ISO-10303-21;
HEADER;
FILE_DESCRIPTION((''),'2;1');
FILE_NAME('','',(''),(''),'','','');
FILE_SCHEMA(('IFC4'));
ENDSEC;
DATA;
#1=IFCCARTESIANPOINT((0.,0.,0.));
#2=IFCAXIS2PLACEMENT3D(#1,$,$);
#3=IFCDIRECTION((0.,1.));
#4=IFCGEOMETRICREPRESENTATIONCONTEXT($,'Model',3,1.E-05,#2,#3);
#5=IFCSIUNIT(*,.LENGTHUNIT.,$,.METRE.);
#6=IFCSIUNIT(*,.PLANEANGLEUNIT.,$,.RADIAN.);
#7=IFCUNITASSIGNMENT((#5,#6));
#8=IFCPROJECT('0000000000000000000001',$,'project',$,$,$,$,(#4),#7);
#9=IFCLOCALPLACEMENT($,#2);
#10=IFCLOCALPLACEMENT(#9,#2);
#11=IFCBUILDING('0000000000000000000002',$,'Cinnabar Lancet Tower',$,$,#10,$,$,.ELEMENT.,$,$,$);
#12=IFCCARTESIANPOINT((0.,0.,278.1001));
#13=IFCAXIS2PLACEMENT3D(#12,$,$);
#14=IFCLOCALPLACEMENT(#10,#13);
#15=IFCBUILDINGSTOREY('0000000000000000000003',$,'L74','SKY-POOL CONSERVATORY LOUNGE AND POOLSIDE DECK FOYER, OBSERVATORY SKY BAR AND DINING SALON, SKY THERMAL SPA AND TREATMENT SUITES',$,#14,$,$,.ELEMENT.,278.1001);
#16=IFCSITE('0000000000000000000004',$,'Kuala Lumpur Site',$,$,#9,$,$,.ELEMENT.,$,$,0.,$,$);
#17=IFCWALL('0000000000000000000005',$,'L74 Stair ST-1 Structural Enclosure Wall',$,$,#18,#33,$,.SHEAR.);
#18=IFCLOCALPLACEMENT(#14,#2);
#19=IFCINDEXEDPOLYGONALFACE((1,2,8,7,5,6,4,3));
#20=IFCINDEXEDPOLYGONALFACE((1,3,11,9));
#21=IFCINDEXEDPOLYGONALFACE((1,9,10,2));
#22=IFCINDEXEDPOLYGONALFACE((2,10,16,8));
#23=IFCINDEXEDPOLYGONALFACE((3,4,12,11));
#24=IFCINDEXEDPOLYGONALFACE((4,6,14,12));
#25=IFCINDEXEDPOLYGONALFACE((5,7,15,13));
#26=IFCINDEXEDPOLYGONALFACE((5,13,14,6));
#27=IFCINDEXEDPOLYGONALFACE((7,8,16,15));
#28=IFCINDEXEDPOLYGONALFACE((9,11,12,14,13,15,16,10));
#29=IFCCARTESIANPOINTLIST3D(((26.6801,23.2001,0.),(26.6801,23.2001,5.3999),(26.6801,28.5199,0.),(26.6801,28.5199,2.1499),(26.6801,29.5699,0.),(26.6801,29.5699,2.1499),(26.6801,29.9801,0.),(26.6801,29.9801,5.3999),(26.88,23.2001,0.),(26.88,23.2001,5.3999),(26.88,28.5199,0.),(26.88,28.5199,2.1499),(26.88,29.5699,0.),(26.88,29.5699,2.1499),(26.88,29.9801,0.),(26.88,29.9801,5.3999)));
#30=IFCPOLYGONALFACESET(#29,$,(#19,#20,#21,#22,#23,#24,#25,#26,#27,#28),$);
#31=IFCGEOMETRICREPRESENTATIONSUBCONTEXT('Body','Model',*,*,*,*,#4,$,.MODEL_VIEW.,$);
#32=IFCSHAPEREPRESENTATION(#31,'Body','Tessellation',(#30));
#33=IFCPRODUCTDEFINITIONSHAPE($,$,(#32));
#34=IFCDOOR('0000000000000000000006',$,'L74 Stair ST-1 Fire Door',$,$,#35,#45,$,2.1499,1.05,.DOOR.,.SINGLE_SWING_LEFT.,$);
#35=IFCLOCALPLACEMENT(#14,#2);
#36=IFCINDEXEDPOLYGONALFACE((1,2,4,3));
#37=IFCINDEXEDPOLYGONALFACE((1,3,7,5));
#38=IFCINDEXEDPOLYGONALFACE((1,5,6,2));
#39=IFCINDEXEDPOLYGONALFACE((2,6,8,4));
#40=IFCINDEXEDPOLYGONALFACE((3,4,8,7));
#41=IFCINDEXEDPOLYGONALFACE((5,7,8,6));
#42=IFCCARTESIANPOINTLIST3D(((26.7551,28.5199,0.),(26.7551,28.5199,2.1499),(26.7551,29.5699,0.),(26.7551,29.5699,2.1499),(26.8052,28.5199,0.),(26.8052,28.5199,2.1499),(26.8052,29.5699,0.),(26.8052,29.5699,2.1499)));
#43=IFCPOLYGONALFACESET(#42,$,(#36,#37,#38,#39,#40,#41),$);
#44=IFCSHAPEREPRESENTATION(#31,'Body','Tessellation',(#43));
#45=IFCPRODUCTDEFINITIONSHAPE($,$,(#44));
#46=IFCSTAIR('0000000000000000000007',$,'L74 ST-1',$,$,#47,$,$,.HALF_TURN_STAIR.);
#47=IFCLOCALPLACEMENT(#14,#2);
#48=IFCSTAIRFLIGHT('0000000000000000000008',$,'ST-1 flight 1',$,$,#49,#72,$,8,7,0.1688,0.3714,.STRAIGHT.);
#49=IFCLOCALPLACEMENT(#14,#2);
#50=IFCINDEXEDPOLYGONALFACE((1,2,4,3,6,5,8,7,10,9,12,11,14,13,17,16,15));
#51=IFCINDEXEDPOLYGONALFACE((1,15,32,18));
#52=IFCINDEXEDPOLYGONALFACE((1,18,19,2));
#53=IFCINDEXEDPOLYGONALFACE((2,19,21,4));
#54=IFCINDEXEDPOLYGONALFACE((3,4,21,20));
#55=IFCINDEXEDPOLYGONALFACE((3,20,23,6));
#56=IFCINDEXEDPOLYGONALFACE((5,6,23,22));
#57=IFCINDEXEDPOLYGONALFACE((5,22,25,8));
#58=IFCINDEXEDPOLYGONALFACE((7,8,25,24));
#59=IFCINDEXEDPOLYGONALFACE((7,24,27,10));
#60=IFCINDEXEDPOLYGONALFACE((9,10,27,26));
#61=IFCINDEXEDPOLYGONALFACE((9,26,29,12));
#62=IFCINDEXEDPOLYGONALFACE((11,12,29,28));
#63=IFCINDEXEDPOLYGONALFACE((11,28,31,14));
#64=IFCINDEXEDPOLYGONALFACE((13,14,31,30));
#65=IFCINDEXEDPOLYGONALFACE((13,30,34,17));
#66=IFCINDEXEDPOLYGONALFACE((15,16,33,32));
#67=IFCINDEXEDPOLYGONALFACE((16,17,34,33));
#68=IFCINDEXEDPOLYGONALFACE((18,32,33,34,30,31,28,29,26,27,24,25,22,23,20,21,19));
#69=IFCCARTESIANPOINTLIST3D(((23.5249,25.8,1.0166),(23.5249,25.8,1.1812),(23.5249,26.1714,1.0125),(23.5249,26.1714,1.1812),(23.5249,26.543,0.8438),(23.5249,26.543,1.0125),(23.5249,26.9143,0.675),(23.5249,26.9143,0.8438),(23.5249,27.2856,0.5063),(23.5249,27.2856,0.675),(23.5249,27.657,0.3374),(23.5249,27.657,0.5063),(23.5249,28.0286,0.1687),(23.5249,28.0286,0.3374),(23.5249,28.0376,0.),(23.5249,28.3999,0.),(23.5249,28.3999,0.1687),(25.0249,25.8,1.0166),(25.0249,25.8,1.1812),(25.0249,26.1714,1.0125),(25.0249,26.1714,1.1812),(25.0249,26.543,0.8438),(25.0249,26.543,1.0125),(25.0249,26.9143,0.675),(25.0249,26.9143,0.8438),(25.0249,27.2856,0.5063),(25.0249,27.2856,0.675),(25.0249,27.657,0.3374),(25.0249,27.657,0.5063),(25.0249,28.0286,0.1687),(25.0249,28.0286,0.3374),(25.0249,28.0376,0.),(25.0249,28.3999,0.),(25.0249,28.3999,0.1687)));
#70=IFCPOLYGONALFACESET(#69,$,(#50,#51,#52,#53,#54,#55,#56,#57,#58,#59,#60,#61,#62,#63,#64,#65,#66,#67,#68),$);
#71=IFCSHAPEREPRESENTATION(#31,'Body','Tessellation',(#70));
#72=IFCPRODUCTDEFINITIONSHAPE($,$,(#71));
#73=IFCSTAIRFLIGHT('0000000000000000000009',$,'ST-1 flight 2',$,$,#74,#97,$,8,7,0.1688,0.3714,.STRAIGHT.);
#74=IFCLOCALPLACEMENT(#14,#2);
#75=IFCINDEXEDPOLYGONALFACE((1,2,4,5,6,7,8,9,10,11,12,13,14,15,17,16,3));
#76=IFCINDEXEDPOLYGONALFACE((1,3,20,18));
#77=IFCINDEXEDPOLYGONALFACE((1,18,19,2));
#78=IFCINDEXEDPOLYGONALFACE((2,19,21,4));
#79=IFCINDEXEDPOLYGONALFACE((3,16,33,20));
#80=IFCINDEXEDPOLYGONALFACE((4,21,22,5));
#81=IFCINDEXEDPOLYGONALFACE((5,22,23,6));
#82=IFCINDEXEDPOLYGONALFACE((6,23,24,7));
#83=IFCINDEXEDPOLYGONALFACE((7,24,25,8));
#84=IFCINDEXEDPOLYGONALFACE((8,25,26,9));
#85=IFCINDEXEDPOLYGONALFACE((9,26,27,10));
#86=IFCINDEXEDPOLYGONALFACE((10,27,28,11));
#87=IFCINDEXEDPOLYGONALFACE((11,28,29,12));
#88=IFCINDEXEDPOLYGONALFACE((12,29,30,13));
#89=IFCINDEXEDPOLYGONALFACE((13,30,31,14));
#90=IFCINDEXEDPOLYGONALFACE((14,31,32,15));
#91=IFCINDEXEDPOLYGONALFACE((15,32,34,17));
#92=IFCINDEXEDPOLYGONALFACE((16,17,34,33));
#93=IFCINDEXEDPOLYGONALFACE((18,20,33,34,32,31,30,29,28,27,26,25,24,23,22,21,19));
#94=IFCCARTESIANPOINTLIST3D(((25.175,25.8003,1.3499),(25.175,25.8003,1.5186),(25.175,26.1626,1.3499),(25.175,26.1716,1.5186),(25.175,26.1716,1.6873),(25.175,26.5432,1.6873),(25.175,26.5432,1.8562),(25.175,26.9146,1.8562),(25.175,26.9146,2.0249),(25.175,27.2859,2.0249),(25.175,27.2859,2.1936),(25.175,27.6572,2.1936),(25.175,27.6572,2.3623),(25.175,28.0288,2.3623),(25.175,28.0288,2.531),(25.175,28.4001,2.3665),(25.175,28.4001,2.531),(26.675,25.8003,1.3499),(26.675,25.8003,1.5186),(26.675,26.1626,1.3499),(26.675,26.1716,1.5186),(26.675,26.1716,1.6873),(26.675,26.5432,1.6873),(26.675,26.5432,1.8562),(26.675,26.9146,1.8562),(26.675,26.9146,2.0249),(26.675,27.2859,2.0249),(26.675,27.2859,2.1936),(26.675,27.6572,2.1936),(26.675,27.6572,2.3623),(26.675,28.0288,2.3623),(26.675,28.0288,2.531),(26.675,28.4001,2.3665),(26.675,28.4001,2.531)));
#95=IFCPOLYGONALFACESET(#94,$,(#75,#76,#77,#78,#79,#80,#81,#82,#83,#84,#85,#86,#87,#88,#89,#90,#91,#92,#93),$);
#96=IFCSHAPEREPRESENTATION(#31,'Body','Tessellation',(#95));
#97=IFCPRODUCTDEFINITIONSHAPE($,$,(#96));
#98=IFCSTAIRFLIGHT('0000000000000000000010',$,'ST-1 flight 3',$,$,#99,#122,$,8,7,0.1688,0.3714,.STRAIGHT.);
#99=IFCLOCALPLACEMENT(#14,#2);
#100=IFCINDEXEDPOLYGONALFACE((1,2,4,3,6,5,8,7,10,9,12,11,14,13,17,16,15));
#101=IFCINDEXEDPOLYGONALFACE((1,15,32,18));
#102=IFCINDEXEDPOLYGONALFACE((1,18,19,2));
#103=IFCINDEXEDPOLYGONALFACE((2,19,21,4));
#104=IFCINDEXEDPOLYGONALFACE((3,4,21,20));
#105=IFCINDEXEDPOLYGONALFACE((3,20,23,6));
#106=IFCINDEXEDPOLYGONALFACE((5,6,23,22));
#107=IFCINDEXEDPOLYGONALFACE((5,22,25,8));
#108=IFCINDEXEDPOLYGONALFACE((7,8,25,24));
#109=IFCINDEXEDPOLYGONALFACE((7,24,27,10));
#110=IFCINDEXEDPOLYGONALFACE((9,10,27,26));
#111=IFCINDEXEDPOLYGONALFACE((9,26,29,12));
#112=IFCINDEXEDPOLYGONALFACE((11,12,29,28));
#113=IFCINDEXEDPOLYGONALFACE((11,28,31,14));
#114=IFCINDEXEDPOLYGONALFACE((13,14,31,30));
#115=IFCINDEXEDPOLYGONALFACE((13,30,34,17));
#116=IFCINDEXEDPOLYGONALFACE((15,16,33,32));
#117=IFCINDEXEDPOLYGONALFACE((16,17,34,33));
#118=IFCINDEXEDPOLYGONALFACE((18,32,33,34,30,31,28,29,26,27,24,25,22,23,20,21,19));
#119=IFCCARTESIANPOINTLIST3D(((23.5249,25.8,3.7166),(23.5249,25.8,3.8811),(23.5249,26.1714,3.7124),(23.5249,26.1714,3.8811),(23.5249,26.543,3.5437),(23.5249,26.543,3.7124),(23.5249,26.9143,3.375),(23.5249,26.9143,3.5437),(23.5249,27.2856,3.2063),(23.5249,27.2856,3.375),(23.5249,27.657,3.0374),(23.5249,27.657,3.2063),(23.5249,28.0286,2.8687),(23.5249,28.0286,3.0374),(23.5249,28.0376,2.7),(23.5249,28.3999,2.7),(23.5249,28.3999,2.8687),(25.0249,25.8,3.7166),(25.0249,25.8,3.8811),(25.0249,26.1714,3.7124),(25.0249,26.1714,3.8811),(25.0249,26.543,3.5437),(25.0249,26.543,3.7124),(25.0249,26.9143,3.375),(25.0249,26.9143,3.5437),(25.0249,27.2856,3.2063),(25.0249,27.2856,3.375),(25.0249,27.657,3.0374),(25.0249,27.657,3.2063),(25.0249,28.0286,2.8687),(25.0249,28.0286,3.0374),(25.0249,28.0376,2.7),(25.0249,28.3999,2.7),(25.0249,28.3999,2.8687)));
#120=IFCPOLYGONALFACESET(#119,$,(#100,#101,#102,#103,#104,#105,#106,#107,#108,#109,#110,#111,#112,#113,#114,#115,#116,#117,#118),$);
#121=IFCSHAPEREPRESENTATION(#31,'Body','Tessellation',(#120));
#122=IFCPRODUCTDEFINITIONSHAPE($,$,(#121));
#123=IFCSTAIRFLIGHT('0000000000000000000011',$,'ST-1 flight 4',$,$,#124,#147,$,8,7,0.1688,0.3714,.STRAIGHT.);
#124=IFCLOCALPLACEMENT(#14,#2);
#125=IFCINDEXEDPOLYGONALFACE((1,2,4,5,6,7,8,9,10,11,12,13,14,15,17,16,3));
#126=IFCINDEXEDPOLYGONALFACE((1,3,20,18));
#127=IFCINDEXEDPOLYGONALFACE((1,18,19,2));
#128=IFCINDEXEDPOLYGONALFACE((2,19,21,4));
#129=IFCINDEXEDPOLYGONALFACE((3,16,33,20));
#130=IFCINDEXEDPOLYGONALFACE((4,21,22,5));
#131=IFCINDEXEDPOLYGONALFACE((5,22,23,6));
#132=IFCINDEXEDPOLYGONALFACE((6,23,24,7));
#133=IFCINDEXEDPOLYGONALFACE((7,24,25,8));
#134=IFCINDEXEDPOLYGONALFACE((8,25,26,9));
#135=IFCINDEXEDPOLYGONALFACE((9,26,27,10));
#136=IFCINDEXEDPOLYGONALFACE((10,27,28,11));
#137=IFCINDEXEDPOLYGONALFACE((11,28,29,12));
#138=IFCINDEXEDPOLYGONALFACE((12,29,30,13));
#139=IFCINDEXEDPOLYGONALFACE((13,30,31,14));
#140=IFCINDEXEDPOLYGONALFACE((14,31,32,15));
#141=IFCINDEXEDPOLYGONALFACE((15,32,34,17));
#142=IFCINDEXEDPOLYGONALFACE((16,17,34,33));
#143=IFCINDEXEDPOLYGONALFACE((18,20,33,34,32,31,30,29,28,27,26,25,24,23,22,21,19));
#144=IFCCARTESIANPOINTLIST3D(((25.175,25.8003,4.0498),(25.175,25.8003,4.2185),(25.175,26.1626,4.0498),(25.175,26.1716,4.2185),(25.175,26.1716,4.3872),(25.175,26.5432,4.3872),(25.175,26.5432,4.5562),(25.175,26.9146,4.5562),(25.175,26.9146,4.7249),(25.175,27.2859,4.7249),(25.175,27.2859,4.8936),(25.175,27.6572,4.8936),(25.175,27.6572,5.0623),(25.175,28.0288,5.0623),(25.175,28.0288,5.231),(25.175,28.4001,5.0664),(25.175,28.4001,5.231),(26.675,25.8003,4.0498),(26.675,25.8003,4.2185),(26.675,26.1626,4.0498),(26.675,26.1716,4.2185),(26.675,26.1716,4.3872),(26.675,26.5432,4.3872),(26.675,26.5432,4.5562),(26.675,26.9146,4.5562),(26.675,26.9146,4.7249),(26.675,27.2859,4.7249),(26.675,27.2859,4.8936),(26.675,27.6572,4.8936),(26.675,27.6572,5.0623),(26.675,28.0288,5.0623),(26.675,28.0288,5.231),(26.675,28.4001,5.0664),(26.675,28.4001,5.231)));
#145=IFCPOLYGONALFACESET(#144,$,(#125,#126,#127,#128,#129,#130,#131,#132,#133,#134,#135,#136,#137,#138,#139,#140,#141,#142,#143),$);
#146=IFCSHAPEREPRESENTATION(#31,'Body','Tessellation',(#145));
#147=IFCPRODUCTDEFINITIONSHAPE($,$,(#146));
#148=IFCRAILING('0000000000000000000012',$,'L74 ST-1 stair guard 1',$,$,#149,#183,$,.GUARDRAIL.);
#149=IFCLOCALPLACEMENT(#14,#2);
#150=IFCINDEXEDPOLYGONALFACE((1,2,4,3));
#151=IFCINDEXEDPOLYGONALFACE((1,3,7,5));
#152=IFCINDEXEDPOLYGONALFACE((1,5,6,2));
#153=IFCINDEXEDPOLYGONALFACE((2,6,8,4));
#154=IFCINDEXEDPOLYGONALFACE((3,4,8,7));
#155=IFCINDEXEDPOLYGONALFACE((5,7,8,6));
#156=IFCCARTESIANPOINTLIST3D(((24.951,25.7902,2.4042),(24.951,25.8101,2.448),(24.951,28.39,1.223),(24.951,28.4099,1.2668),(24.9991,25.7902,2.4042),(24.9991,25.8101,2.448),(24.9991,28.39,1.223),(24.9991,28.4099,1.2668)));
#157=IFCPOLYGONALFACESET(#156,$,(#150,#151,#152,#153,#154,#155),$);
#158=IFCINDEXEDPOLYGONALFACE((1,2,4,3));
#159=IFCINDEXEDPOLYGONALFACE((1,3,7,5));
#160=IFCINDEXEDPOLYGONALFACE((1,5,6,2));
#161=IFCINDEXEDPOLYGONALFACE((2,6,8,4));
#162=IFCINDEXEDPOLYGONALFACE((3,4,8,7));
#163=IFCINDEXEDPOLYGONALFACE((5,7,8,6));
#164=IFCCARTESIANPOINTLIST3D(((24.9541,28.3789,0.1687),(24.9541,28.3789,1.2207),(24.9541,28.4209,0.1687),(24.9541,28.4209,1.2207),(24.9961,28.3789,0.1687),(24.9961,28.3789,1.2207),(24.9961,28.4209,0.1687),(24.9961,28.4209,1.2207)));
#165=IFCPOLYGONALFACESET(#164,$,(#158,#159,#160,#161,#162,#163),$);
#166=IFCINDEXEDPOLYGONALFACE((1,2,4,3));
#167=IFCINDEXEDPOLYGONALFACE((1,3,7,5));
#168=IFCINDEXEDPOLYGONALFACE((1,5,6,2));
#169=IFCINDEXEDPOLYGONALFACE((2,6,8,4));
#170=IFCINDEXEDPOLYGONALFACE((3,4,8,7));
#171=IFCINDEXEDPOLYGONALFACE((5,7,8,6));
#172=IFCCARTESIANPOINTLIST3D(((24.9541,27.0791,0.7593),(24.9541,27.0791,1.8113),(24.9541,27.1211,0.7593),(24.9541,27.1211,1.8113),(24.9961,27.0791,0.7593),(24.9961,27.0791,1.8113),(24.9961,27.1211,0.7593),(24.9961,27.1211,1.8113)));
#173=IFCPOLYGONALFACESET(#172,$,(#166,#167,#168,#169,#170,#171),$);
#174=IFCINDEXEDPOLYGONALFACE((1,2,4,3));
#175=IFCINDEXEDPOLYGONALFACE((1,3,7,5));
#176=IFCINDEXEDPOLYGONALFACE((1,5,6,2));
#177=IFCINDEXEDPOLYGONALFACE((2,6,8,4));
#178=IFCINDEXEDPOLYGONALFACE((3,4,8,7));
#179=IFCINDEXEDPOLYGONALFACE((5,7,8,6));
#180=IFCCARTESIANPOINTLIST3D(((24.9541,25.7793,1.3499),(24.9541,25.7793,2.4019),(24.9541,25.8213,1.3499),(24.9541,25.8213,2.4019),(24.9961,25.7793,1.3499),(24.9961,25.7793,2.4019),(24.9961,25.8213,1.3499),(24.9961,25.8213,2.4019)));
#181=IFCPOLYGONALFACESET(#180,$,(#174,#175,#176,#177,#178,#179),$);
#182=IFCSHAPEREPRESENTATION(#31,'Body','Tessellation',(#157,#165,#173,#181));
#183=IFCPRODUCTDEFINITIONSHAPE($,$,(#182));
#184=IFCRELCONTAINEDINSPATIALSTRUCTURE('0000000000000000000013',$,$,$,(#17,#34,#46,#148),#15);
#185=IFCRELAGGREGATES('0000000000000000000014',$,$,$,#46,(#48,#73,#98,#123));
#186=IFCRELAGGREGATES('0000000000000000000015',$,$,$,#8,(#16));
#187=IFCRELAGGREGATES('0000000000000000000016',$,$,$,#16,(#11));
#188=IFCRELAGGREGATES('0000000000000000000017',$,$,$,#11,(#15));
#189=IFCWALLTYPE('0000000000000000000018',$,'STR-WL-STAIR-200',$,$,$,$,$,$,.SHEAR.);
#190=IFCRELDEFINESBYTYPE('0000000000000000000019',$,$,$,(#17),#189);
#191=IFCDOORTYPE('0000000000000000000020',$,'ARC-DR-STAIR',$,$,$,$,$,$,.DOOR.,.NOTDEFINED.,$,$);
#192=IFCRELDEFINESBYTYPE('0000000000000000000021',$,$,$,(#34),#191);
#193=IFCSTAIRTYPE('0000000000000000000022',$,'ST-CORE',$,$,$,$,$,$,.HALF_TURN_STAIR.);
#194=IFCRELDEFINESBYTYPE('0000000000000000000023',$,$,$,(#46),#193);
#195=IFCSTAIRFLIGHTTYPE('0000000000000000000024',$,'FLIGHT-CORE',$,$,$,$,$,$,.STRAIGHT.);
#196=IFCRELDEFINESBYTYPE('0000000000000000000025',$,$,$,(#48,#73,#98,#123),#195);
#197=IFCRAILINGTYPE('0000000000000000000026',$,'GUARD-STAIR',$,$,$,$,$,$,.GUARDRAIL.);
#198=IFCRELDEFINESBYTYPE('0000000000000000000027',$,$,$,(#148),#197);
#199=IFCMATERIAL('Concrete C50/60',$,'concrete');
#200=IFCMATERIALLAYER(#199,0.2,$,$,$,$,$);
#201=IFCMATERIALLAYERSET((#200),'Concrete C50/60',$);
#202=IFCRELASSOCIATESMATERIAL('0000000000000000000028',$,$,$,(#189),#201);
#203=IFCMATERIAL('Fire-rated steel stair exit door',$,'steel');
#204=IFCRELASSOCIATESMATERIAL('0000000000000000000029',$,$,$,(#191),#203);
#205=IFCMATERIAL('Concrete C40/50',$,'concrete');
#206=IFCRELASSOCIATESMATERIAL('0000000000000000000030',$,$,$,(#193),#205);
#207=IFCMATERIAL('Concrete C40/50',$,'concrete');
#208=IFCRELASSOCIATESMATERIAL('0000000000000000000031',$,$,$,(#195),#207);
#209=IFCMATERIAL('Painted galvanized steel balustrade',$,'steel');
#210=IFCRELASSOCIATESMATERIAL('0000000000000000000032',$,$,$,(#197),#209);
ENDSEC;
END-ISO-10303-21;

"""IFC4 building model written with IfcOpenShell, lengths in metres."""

from ifc_helpers import new_model, si_unit, direction, frame, frame_2d, origin, origin_2d, place, context, subcontext, project, spatial, polyline, rectangle, outline, extrude, material, layer, layer_set, type_object, element, fill, aggregate, save


model = new_model("IFC4")

# Units and contexts
model_context = context("Model", 3, precision=1e-05, world=origin(), true_north=direction((0.0, 1.0)))
body_context = subcontext(model_context, "Body", "Model", "MODEL_VIEW")
ifc_project = project(units=[si_unit("LENGTHUNIT", "METRE"), si_unit("PLANEANGLEUNIT", "RADIAN")], contexts=[model_context])

# Site, building, storey
site_placement = place(None, origin())
site = spatial("IfcSite", under=ifc_project, at=site_placement, Name="Kuala Lumpur Site", CompositionType="ELEMENT", RefElevation=0.0)
building_placement = place(site_placement, origin())
building = spatial("IfcBuilding", under=site, at=building_placement, Name="Cinnabar Lancet Tower", CompositionType="ELEMENT")
storey_placement = place(building_placement, frame((0.0, 0.0, 278.1001)))
storey = spatial("IfcBuildingStorey", under=building, at=storey_placement, Name="L74", Description="SKY-POOL CONSERVATORY LOUNGE AND POOLSIDE DECK FOYER, OBSERVATORY SKY BAR AND DINING SALON, SKY THERMAL SPA AND TREATMENT SUITES", CompositionType="ELEMENT", Elevation=278.1001)

# Wall, opening, door
ifc_material_1 = material(Name="Concrete C50/60", Category="concrete")
ifc_layer_1 = layer(ifc_material_1, 0.2)
ifc_layer_set_1 = layer_set([ifc_layer_1], Name="Concrete C50/60")
wall_type_1 = type_object("IfcWallType", Name="STR-WL-STAIR-200", PredefinedType="SHEAR", material=ifc_layer_set_1)
wall_1_placement = place(storey_placement, frame((26.78, 23.2, 0.0), z_axis=(0.0, 0.0, 1.0), x_axis=(0.0, 1.0, 0.0)))
wall_1 = element("IfcWall", 1, at=wall_1_placement, inside=storey, type_object=wall_type_1, Name="L74 Stair ST-1 Structural Enclosure Wall", PredefinedType="SHEAR", context=body_context, shape_type="SweptSolid", body=[
    extrude(rectangle(XDim=6.78, YDim=0.2, at=frame_2d((3.3901, 0.0))), origin(), (0.0, 0.0, 1.0), 5.3999),
])
opening_1_placement = place(wall_1_placement, frame((5.3201, 0.0, 0.0)))
opening_1 = element("IfcOpeningElement", 2, at=opening_1_placement, cuts=wall_1, PredefinedType="OPENING", context=body_context, shape_type="SweptSolid", body=[
    extrude(rectangle(XDim=1.05, YDim=2.1499, at=frame_2d((0.5249, 1.075))), frame((0.0, 0.1099, 0.0), z_axis=(0.0, -1.0, 0.0), x_axis=(1.0, 0.0, 0.0)), (0.0, 0.0, 1.0), 0.22),
])
ifc_material_2 = material(Name="Fire-rated steel stair exit door", Category="steel")
door_type_1 = type_object("IfcDoorType", Name="ARC-DR-STAIR", OperationType="NOTDEFINED", PredefinedType="DOOR", material=ifc_material_2)
door_1_placement = place(opening_1_placement, origin())
door_1 = element("IfcDoor", 3, at=door_1_placement, inside=storey, type_object=door_type_1, Name="L74 Stair ST-1 Fire Door", OperationType="SINGLE_SWING_LEFT", OverallHeight=2.1499, OverallWidth=1.05, PredefinedType="DOOR", context=body_context, shape_type="SweptSolid", body=[
    extrude(rectangle(XDim=1.05, YDim=2.1499, at=frame_2d((0.5249, 1.075))), frame((0.0, 0.0249, 0.0), z_axis=(0.0, -1.0, 0.0), x_axis=(1.0, 0.0, 0.0)), (0.0, 0.0, 1.0), 0.05),
])
fill(opening_1, door_1)

# Stair, stair flights
ifc_material_3 = material(Name="Concrete C40/50", Category="concrete")
stair_type = type_object("IfcStairType", Name="ST-CORE", PredefinedType="HALF_TURN_STAIR", material=ifc_material_3)
stair_placement = place(storey_placement, origin())
stair = element("IfcStair", 4, at=stair_placement, inside=storey, type_object=stair_type, Name="L74 ST-1", PredefinedType="HALF_TURN_STAIR")
ifc_material_4 = material(Name="Concrete C40/50", Category="concrete")
stair_flight_type = type_object("IfcStairFlightType", Name="FLIGHT-CORE", PredefinedType="STRAIGHT", material=ifc_material_4)
stair_flight_1_placement = place(storey_placement, frame((24.2749, 28.3999, 0.0), z_axis=(0.0, 0.0, 1.0), x_axis=(0.0, -1.0, 0.0)))
stair_flight_1 = element("IfcStairFlight", 5, at=stair_flight_1_placement, type_object=stair_flight_type, Name="ST-1 flight 1", NumberOfRisers=8, NumberOfTreads=7, PredefinedType="STRAIGHT", RiserHeight=0.1688, TreadLength=0.3714, context=body_context, shape_type="SweptSolid", body=[
    extrude(outline(polyline([(0.0, 0.0), (0.0, 0.1687), (0.3713, 0.1687), (0.3713, 0.3374), (0.7429, 0.3374), (0.7429, 0.5063), (1.1143, 0.5063), (1.1143, 0.675), (1.4856, 0.675), (1.4856, 0.8438), (1.8569, 0.8438), (1.8569, 1.0125), (2.2285, 1.0125), (2.2285, 1.1812), (2.5999, 1.1812), (2.5999, 1.3501), (2.5999, 1.0166), (0.3623, 0.0), (0.0, 0.0)])), frame((0.0, 0.75, 0.0), z_axis=(0.0, -1.0, 0.0), x_axis=(1.0, 0.0, 0.0)), (0.0, 0.0, 1.0), 1.5),
])
stair_flight_2_placement = place(storey_placement, frame((25.925, 25.8003, 1.3499), z_axis=(0.0, 0.0, 1.0), x_axis=(0.0, 1.0, 0.0)))
stair_flight_2 = element("IfcStairFlight", 6, at=stair_flight_2_placement, type_object=stair_flight_type, Name="ST-1 flight 2", NumberOfRisers=8, NumberOfTreads=7, PredefinedType="STRAIGHT", RiserHeight=0.1688, TreadLength=0.3714, context=body_context, shape_type="SweptSolid", body=[
    extrude(outline(polyline([(0.0, 0.0), (0.0, 0.1687), (0.3713, 0.1687), (0.3713, 0.3374), (0.7429, 0.3374), (0.7429, 0.5063), (1.1143, 0.5063), (1.1143, 0.675), (1.4856, 0.675), (1.4856, 0.8438), (1.8569, 0.8438), (1.8569, 1.0125), (2.2285, 1.0125), (2.2285, 1.1812), (2.5999, 1.1812), (2.5999, 1.3501), (2.5999, 1.0166), (0.3623, 0.0), (0.0, 0.0)])), frame((0.0, 0.75, 0.0), z_axis=(0.0, -1.0, 0.0), x_axis=(1.0, 0.0, 0.0)), (0.0, 0.0, 1.0), 1.5),
])
stair_flight_3_placement = place(storey_placement, frame((24.2749, 28.3999, 2.7), z_axis=(0.0, 0.0, 1.0), x_axis=(0.0, -1.0, 0.0)))
stair_flight_3 = element("IfcStairFlight", 7, at=stair_flight_3_placement, type_object=stair_flight_type, Name="ST-1 flight 3", NumberOfRisers=8, NumberOfTreads=7, PredefinedType="STRAIGHT", RiserHeight=0.1688, TreadLength=0.3714, context=body_context, shape_type="SweptSolid", body=[
    extrude(outline(polyline([(0.0, 0.0), (0.0, 0.1687), (0.3713, 0.1687), (0.3713, 0.3374), (0.7429, 0.3374), (0.7429, 0.5063), (1.1143, 0.5063), (1.1143, 0.675), (1.4856, 0.675), (1.4856, 0.8438), (1.8569, 0.8438), (1.8569, 1.0125), (2.2285, 1.0125), (2.2285, 1.1812), (2.5999, 1.1812), (2.5999, 1.3501), (2.5999, 1.0166), (0.3623, 0.0), (0.0, 0.0)])), frame((0.0, 0.75, 0.0), z_axis=(0.0, -1.0, 0.0), x_axis=(1.0, 0.0, 0.0)), (0.0, 0.0, 1.0), 1.5),
])
stair_flight_4_placement = place(storey_placement, frame((25.925, 25.8003, 4.0498), z_axis=(0.0, 0.0, 1.0), x_axis=(0.0, 1.0, 0.0)))
stair_flight_4 = element("IfcStairFlight", 8, at=stair_flight_4_placement, type_object=stair_flight_type, Name="ST-1 flight 4", NumberOfRisers=8, NumberOfTreads=7, PredefinedType="STRAIGHT", RiserHeight=0.1688, TreadLength=0.3714, context=body_context, shape_type="SweptSolid", body=[
    extrude(outline(polyline([(0.0, 0.0), (0.0, 0.1687), (0.3713, 0.1687), (0.3713, 0.3374), (0.7429, 0.3374), (0.7429, 0.5063), (1.1143, 0.5063), (1.1143, 0.675), (1.4856, 0.675), (1.4856, 0.8438), (1.8569, 0.8438), (1.8569, 1.0125), (2.2285, 1.0125), (2.2285, 1.1812), (2.5999, 1.1812), (2.5999, 1.3501), (2.5999, 1.0166), (0.3623, 0.0), (0.0, 0.0)])), frame((0.0, 0.75, 0.0), z_axis=(0.0, -1.0, 0.0), x_axis=(1.0, 0.0, 0.0)), (0.0, 0.0, 1.0), 1.5),
])
aggregate(stair, [stair_flight_1, stair_flight_2, stair_flight_3, stair_flight_4])

# Railing
ifc_material_5 = material(Name="Painted galvanized steel balustrade", Category="steel")
railing_type_1 = type_object("IfcRailingType", Name="GUARD-STAIR", PredefinedType="GUARDRAIL", material=ifc_material_5)
railing_1_placement = place(storey_placement, frame((24.9751, 28.3999, 0.1687)))
element("IfcRailing", 9, at=railing_1_placement, inside=storey, type_object=railing_type_1, Name="L74 ST-1 stair guard 1", PredefinedType="GUARDRAIL", context=body_context, shape_type="SweptSolid", body=[
    extrude(rectangle(XDim=0.0481, YDim=0.0481, at=origin_2d()), frame((0.0, 0.0, 1.0762), z_axis=(0.0, -0.910431, 0.413661), x_axis=(1.0, 0.0, 0.0)), (0.0, 0.0, 1.0), 2.8555),
    extrude(rectangle(XDim=0.042, YDim=0.042, at=origin_2d()), origin(), (0.0, 0.0, 1.0), 1.052),
    extrude(rectangle(XDim=0.042, YDim=0.042, at=origin_2d()), frame((0.0, -1.2998, 0.5906)), (0.0, 0.0, 1.0), 1.052),
    extrude(rectangle(XDim=0.042, YDim=0.042, at=origin_2d()), frame((0.0, -2.5996, 1.1812)), (0.0, 0.0, 1.0), 1.052),
])

save(model, "model.ifc")
